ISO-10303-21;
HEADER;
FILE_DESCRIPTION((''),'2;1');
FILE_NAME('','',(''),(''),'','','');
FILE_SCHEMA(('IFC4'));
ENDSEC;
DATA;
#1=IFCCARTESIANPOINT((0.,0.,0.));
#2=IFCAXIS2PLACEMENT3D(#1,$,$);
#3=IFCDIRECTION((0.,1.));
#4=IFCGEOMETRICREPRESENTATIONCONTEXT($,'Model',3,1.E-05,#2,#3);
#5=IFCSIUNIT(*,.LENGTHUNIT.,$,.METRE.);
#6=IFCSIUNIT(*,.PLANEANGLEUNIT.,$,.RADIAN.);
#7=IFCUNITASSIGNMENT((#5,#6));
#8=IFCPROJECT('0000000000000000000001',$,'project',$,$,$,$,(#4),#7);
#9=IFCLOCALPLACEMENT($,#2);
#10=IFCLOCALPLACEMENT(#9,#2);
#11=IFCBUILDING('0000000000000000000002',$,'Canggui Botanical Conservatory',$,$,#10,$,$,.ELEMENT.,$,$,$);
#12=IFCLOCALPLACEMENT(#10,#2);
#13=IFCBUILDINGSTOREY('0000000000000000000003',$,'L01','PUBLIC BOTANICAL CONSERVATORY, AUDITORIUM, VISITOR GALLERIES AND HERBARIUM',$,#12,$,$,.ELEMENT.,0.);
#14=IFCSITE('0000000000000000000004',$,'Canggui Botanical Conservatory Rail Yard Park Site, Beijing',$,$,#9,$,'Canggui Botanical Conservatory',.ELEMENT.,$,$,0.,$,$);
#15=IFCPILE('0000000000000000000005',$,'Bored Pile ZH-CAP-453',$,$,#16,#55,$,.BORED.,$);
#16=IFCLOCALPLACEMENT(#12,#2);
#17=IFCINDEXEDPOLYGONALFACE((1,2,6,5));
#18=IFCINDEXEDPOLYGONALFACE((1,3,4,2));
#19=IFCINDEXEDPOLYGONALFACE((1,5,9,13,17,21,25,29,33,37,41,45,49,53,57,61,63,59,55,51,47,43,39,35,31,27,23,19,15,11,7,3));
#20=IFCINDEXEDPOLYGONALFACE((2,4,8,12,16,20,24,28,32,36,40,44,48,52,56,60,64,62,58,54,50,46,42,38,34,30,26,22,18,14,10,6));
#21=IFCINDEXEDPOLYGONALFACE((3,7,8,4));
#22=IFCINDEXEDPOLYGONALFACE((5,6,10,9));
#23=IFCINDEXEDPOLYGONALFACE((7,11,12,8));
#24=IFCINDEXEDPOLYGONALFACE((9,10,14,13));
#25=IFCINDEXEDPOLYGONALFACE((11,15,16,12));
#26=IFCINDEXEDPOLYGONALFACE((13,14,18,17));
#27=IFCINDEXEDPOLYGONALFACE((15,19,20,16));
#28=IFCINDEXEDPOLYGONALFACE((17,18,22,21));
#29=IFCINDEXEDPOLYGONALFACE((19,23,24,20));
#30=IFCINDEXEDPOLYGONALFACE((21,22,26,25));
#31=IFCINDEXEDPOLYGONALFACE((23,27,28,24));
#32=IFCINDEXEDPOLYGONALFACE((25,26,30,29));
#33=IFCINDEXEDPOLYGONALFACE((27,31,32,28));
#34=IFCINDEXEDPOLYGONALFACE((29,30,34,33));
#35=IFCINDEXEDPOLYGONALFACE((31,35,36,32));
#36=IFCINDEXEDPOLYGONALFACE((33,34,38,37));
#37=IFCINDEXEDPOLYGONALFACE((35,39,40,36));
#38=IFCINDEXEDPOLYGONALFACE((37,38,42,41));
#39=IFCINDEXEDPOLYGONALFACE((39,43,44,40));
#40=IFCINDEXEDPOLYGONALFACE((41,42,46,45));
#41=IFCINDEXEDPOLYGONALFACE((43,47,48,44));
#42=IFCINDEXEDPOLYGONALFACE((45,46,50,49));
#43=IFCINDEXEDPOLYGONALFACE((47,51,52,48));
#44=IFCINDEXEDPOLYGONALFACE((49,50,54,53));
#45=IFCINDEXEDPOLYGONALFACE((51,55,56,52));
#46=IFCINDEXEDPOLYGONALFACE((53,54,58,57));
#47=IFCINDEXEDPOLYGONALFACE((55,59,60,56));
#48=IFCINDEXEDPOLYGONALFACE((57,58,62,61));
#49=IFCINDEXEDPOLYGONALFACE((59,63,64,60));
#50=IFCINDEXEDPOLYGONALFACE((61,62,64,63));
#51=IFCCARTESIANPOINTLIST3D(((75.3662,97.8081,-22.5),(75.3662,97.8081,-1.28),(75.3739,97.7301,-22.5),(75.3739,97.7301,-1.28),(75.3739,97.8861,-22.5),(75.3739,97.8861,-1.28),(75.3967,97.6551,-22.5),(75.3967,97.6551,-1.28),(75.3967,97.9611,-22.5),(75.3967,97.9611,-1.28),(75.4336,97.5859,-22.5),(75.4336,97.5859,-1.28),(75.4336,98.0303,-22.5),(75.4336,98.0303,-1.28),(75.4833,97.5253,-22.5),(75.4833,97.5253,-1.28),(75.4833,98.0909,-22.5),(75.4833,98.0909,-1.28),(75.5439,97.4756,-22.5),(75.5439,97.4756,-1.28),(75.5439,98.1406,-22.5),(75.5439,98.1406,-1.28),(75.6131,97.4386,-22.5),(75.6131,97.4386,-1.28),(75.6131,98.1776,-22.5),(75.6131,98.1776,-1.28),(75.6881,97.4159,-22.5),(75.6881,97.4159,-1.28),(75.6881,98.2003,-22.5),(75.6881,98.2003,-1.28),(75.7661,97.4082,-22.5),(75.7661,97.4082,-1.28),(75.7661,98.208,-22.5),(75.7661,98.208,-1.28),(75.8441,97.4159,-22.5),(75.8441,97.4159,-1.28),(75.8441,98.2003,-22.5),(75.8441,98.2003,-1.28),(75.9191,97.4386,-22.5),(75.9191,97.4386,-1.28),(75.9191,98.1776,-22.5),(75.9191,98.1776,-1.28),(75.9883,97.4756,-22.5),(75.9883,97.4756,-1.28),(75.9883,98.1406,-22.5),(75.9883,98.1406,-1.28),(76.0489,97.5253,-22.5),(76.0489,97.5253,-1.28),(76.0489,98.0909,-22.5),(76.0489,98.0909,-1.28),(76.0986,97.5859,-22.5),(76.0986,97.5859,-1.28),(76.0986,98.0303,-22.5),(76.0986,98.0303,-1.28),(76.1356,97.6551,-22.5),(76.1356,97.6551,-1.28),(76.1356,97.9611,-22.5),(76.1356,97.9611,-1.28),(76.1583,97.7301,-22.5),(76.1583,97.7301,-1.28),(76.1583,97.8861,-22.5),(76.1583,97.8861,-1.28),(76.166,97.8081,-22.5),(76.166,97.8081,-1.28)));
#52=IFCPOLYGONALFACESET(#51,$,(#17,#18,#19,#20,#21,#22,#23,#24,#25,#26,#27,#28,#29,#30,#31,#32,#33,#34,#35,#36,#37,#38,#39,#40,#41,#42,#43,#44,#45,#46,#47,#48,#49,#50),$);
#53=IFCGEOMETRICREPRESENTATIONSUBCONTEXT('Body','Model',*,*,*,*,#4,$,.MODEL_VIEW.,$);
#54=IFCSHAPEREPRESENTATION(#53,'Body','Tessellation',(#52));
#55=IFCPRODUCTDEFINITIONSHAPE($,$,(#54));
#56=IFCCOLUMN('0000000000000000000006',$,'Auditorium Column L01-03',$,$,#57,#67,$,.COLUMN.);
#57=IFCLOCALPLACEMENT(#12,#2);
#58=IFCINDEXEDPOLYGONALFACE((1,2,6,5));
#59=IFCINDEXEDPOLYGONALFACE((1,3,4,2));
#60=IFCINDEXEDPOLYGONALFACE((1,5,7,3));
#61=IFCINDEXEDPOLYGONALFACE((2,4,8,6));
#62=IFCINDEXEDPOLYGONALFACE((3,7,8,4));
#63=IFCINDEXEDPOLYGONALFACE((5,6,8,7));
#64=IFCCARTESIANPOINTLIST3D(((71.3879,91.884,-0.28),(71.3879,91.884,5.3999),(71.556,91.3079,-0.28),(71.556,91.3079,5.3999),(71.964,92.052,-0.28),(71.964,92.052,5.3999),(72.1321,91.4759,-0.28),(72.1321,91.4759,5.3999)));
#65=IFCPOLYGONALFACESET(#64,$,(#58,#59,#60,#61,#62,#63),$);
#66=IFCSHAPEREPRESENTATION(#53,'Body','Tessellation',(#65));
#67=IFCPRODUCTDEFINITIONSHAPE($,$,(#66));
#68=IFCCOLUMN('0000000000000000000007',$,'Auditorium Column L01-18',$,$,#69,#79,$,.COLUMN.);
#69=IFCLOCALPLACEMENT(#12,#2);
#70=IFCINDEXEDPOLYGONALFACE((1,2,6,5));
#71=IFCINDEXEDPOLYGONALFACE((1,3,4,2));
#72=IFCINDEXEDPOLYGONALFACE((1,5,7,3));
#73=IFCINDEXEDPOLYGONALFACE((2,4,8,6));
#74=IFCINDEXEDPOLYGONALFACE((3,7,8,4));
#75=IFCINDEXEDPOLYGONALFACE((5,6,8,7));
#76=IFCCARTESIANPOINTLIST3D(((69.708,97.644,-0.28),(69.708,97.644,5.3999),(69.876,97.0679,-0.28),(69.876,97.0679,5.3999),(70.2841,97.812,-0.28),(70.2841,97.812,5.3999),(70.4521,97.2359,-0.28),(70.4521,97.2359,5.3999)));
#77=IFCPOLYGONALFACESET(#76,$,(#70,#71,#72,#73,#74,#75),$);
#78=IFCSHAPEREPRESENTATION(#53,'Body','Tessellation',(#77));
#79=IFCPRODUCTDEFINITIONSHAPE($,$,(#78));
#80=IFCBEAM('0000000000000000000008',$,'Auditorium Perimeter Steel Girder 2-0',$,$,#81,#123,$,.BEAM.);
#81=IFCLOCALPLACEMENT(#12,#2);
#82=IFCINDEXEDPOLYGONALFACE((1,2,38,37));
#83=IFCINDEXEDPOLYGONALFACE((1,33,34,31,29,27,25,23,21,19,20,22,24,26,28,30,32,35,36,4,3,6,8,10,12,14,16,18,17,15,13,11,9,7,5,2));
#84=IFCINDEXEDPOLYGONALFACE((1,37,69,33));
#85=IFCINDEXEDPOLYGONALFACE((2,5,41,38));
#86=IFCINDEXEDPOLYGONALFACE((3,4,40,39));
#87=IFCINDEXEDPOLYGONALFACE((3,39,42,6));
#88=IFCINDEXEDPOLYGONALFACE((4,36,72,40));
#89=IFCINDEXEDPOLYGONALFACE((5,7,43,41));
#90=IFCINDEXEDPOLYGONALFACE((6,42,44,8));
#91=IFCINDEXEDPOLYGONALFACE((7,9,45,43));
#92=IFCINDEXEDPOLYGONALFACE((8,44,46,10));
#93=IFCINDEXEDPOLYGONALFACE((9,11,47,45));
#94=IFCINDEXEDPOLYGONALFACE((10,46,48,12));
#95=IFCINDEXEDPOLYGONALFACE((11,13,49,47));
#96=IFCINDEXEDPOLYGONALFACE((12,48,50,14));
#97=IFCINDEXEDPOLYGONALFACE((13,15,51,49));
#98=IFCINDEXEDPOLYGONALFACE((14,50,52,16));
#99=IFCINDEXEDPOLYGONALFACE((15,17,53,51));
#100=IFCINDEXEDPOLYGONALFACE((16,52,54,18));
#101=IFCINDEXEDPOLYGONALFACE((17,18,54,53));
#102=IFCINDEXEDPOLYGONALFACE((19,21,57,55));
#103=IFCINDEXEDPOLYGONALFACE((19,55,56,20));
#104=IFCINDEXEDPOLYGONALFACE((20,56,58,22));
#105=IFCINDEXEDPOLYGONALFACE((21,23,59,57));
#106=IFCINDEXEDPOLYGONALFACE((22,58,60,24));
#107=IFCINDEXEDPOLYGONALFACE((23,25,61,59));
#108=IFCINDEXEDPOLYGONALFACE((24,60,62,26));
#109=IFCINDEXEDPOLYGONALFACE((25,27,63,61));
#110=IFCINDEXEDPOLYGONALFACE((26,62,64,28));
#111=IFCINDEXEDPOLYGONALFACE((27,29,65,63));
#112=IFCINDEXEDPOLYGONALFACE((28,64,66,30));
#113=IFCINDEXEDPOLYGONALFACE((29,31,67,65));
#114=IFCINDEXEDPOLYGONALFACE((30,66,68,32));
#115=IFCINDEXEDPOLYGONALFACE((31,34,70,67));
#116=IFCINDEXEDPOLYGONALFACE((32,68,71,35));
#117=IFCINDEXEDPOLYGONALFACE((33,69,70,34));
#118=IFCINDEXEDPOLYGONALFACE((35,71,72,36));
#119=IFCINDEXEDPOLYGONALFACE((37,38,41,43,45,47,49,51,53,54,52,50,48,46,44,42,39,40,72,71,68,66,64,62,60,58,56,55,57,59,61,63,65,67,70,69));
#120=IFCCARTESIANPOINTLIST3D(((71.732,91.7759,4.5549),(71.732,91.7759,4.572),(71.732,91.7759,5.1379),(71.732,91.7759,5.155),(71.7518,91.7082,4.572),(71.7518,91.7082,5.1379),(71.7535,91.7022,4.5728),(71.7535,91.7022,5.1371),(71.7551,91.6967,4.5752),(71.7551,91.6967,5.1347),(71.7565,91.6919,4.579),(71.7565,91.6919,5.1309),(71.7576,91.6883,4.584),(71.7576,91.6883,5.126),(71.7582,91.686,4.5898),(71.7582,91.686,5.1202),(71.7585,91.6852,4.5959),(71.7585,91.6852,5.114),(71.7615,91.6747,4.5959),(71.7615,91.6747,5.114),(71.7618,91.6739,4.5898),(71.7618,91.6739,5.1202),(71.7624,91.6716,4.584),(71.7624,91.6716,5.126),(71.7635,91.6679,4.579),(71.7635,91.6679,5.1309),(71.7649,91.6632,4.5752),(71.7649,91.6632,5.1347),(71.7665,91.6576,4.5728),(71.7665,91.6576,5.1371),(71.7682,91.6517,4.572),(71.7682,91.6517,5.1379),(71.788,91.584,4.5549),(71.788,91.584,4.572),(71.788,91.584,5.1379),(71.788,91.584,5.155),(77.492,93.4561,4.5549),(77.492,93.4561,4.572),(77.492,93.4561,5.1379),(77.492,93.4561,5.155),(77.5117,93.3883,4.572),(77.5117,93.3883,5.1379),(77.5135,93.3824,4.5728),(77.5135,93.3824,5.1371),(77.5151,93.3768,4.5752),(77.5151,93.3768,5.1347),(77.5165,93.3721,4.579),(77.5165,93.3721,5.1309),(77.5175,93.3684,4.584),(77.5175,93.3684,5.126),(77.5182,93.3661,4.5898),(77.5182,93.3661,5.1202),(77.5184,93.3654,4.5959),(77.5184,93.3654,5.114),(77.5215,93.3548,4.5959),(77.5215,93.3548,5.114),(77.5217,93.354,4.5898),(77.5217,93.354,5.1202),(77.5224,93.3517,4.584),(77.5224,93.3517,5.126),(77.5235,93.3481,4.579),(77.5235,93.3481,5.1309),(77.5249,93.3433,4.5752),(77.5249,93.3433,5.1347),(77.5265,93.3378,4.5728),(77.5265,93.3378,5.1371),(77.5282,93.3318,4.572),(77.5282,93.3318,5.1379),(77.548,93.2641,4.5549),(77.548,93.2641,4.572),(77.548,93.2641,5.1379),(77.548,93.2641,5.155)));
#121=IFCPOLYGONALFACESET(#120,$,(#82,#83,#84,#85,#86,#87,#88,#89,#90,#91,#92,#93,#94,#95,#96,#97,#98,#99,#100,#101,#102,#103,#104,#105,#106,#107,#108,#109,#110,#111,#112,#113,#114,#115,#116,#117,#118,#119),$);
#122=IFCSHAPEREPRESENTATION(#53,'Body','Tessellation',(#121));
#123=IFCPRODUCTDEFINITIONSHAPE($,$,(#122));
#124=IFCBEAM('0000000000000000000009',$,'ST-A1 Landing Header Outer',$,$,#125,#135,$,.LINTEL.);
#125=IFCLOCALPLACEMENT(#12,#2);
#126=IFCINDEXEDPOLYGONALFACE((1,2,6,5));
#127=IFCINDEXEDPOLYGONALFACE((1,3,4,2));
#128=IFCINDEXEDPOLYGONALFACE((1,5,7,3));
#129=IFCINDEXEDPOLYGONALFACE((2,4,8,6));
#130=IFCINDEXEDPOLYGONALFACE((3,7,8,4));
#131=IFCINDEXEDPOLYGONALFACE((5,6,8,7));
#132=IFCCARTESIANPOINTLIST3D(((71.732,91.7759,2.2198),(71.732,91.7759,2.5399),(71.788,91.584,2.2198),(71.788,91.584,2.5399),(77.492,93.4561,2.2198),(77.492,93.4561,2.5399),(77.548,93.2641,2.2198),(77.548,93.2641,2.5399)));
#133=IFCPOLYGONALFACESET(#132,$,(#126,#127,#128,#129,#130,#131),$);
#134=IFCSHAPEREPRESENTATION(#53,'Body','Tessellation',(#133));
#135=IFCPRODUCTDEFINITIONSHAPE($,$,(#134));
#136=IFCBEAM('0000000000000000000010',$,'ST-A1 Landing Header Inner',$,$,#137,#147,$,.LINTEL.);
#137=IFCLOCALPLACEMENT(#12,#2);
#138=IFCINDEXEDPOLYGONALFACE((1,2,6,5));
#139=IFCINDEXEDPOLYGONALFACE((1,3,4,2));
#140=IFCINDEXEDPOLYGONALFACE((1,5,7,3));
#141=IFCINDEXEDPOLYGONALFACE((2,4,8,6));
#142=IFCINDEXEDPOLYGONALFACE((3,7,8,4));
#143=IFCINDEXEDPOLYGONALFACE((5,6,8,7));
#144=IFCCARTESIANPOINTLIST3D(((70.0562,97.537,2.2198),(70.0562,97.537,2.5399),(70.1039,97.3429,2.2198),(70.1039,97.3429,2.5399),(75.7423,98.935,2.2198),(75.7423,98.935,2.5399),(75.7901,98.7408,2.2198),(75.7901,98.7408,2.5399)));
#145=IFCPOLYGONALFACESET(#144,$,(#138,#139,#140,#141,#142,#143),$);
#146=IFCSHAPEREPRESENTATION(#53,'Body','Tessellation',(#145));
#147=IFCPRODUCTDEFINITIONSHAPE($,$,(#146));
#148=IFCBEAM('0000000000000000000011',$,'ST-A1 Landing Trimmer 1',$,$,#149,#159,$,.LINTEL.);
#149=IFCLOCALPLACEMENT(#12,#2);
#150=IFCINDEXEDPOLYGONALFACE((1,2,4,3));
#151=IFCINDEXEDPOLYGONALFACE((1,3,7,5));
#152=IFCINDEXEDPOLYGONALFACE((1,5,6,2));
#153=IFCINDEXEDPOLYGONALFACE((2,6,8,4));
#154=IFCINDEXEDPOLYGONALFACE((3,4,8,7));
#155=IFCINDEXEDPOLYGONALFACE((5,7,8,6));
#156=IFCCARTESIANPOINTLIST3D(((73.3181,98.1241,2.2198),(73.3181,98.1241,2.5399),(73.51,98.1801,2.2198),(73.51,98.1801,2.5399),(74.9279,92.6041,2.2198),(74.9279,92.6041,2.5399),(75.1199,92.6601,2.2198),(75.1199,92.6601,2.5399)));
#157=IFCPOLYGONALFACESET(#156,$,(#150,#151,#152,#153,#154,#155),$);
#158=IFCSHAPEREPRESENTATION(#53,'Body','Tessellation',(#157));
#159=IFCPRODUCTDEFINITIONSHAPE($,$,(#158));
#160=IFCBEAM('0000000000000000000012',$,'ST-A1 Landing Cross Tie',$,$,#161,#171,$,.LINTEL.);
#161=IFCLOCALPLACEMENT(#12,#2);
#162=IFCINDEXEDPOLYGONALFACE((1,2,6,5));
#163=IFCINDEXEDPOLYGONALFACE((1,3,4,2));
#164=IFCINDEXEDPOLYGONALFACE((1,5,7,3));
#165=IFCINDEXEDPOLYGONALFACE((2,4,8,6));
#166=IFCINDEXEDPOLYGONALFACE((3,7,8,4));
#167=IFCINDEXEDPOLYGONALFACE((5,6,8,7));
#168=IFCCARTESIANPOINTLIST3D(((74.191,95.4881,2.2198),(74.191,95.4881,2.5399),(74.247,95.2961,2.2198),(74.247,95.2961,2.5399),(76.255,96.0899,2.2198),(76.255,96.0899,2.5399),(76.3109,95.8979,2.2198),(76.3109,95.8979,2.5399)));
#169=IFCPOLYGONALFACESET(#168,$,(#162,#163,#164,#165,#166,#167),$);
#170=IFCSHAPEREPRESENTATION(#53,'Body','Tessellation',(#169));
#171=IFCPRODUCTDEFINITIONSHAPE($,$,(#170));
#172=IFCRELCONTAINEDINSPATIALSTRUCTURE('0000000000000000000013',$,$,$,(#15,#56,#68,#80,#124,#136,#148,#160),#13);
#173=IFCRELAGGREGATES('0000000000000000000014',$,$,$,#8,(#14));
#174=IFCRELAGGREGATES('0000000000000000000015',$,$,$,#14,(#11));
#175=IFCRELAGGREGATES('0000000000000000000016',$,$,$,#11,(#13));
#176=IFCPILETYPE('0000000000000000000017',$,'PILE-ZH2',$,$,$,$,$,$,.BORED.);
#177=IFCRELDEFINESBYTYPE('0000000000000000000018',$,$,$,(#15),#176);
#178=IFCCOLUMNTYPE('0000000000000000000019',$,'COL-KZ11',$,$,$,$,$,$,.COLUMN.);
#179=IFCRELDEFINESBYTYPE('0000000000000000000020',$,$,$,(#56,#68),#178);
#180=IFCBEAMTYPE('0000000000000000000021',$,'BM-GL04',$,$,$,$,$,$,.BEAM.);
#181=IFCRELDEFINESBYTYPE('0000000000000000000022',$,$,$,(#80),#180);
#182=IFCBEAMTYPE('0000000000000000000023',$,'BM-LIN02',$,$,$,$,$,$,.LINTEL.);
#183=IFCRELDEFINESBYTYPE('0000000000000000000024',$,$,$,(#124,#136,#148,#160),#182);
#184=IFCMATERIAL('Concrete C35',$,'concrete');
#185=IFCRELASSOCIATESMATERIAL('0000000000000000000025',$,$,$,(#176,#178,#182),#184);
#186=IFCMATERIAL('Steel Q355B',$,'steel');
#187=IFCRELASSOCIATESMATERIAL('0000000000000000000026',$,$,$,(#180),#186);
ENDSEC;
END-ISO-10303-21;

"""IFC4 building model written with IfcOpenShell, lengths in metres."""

from ifc_helpers import new_model, si_unit, direction, frame, origin, origin_2d, place, context, subcontext, project, spatial, rectangle, circle, i_section, extrude, material, material_profile, profile_set, type_object, element, save


model = new_model("IFC4")

# Units and contexts
model_context = context("Model", 3, precision=1e-05, world=origin(), true_north=direction((0.0, 1.0)))
body_context = subcontext(model_context, "Body", "Model", "MODEL_VIEW")
ifc_project = project(units=[si_unit("LENGTHUNIT", "METRE"), si_unit("PLANEANGLEUNIT", "RADIAN")], contexts=[model_context])

# Site, building, storey
site_placement = place(None, origin())
site = spatial("IfcSite", under=ifc_project, at=site_placement, Name="Canggui Botanical Conservatory Rail Yard Park Site, Beijing", LongName="Canggui Botanical Conservatory", CompositionType="ELEMENT", RefElevation=0.0)
building_placement = place(site_placement, origin())
building = spatial("IfcBuilding", under=site, at=building_placement, Name="Canggui Botanical Conservatory", CompositionType="ELEMENT")
storey_placement = place(building_placement, origin())
storey = spatial("IfcBuildingStorey", under=building, at=storey_placement, Name="L01", Description="PUBLIC BOTANICAL CONSERVATORY, AUDITORIUM, VISITOR GALLERIES AND HERBARIUM", CompositionType="ELEMENT", Elevation=0.0)

# Shared definitions
ifc_material_1 = material(Name="Concrete C35", Category="concrete")

# Pile
ifc_material_profile_1 = material_profile(ifc_material_1, circle(Radius=0.3999, at=origin_2d()), Name="PILE D800")
ifc_profile_set_1 = profile_set([ifc_material_profile_1], Name="Concrete C35")
pile_type = type_object("IfcPileType", Name="PILE-ZH2", PredefinedType="BORED", material=ifc_profile_set_1)
pile_1_placement = place(storey_placement, frame((75.7661, 97.8081, -1.28), z_axis=(0.0, 0.0, -1.0), x_axis=(1.0, 0.0, 0.0)))
element("IfcPile", 1, at=pile_1_placement, inside=storey, type_object=pile_type, Name="Bored Pile ZH-CAP-453", PredefinedType="BORED", context=body_context, shape_type="SweptSolid", body=[
    extrude(circle(Radius=0.3999, at=origin_2d()), origin(), (0.0, 0.0, 1.0), 21.22),
])

# Columns
ifc_material_profile_2 = material_profile(ifc_material_1, rectangle(XDim=0.6001, YDim=0.6001, at=origin_2d()), Name="RC 600x600")
ifc_profile_set_2 = profile_set([ifc_material_profile_2], Name="Concrete C35")
column_type = type_object("IfcColumnType", Name="COL-KZ11", PredefinedType="COLUMN", material=ifc_profile_set_2)
for number, where, z_axis, x_axis, name in (
    (2, (71.76, 91.6799, -0.28), (0.0, 0.0, 1.0), (0.96, 0.28, 0.0), "Auditorium Column L01-03"),
    (3, (70.0801, 97.4399, -0.28), (0.0, 0.0, 1.0), (0.96, 0.28, 0.0), "Auditorium Column L01-18"),
):
    element("IfcColumn", number, at=place(storey_placement, frame(where, z_axis=z_axis, x_axis=x_axis)), inside=storey, type_object=column_type, Name=name, PredefinedType="COLUMN", context=body_context, shape_type="SweptSolid", body=[
        extrude(rectangle(XDim=0.6001, YDim=0.6001, at=origin_2d()), origin(), (0.0, 0.0, 1.0), 5.6799),
    ])

# Beams
ifc_material_2 = material(Name="Steel Q355B", Category="steel")
ifc_material_profile_3 = material_profile(ifc_material_2, i_section(OverallWidth=0.2, OverallDepth=0.6001, WebThickness=0.011, FlangeThickness=0.0171, FilletRadius=0.0239, at=origin_2d()), Name="HN 600x200x11x17")
ifc_profile_set_3 = profile_set([ifc_material_profile_3], Name="Steel Q355B")
beam_type_1 = type_object("IfcBeamType", Name="BM-GL04", PredefinedType="BEAM", material=ifc_profile_set_3)
beam_1_placement = place(storey_placement, frame((71.76, 91.6799, 4.855), z_axis=(0.959992, 0.280027, 0.0), x_axis=(-0.280027, 0.959992, 0.0)))
element("IfcBeam", 4, at=beam_1_placement, inside=storey, type_object=beam_type_1, Name="Auditorium Perimeter Steel Girder 2-0", PredefinedType="BEAM", context=body_context, shape_type="SweptSolid", body=[
    extrude(i_section(OverallWidth=0.2, OverallDepth=0.6001, WebThickness=0.011, FlangeThickness=0.0171, FilletRadius=0.0239, at=origin_2d()), origin(), (0.0, 0.0, 1.0), 6.0),
])
ifc_material_profile_4 = material_profile(ifc_material_1, rectangle(XDim=0.2, YDim=0.3201, at=origin_2d()), Name="RB 200x320")
ifc_profile_set_4 = profile_set([ifc_material_profile_4], Name="Concrete C35")
beam_type_2 = type_object("IfcBeamType", Name="BM-LIN02", PredefinedType="LINTEL", material=ifc_profile_set_4)
beam_2_placement = place(storey_placement, frame((71.76, 91.6799, 2.3799), z_axis=(0.959992, 0.280027, 0.0), x_axis=(-0.280027, 0.959992, 0.0)))
element("IfcBeam", 5, at=beam_2_placement, inside=storey, type_object=beam_type_2, Name="ST-A1 Landing Header Outer", PredefinedType="LINTEL", context=body_context, shape_type="SweptSolid", body=[
    extrude(rectangle(XDim=0.2, YDim=0.3201, at=origin_2d()), origin(), (0.0, 0.0, 1.0), 6.0),
])
beam_3_placement = place(storey_placement, frame((70.0801, 97.4399, 2.3799), z_axis=(0.971082, 0.238747, 0.0), x_axis=(-0.238747, 0.971082, 0.0)))
element("IfcBeam", 6, at=beam_3_placement, inside=storey, type_object=beam_type_2, Name="ST-A1 Landing Header Inner", PredefinedType="LINTEL", context=body_context, shape_type="SweptSolid", body=[
    extrude(rectangle(XDim=0.2, YDim=0.3201, at=origin_2d()), origin(), (0.0, 0.0, 1.0), 5.8555),
])
beam_4_placement = place(storey_placement, frame((75.0239, 92.6321, 2.3799), z_axis=(-0.279977, 0.960007, 0.0), x_axis=(-0.960007, -0.279977, 0.0)))
element("IfcBeam", 7, at=beam_4_placement, inside=storey, type_object=beam_type_2, Name="ST-A1 Landing Trimmer 1", PredefinedType="LINTEL", context=body_context, shape_type="SweptSolid", body=[
    extrude(rectangle(XDim=0.2, YDim=0.3201, at=origin_2d()), origin(), (0.0, 0.0, 1.0), 5.75),
])
beam_5_placement = place(storey_placement, frame((74.219, 95.3921, 2.3799), z_axis=(0.960023, 0.279922, 0.0), x_axis=(-0.279922, 0.960023, 0.0)))
element("IfcBeam", 8, at=beam_5_placement, inside=storey, type_object=beam_type_2, Name="ST-A1 Landing Cross Tie", PredefinedType="LINTEL", context=body_context, shape_type="SweptSolid", body=[
    extrude(rectangle(XDim=0.2, YDim=0.3201, at=origin_2d()), origin(), (0.0, 0.0, 1.0), 2.1499),
])

save(model, "model.ifc")
